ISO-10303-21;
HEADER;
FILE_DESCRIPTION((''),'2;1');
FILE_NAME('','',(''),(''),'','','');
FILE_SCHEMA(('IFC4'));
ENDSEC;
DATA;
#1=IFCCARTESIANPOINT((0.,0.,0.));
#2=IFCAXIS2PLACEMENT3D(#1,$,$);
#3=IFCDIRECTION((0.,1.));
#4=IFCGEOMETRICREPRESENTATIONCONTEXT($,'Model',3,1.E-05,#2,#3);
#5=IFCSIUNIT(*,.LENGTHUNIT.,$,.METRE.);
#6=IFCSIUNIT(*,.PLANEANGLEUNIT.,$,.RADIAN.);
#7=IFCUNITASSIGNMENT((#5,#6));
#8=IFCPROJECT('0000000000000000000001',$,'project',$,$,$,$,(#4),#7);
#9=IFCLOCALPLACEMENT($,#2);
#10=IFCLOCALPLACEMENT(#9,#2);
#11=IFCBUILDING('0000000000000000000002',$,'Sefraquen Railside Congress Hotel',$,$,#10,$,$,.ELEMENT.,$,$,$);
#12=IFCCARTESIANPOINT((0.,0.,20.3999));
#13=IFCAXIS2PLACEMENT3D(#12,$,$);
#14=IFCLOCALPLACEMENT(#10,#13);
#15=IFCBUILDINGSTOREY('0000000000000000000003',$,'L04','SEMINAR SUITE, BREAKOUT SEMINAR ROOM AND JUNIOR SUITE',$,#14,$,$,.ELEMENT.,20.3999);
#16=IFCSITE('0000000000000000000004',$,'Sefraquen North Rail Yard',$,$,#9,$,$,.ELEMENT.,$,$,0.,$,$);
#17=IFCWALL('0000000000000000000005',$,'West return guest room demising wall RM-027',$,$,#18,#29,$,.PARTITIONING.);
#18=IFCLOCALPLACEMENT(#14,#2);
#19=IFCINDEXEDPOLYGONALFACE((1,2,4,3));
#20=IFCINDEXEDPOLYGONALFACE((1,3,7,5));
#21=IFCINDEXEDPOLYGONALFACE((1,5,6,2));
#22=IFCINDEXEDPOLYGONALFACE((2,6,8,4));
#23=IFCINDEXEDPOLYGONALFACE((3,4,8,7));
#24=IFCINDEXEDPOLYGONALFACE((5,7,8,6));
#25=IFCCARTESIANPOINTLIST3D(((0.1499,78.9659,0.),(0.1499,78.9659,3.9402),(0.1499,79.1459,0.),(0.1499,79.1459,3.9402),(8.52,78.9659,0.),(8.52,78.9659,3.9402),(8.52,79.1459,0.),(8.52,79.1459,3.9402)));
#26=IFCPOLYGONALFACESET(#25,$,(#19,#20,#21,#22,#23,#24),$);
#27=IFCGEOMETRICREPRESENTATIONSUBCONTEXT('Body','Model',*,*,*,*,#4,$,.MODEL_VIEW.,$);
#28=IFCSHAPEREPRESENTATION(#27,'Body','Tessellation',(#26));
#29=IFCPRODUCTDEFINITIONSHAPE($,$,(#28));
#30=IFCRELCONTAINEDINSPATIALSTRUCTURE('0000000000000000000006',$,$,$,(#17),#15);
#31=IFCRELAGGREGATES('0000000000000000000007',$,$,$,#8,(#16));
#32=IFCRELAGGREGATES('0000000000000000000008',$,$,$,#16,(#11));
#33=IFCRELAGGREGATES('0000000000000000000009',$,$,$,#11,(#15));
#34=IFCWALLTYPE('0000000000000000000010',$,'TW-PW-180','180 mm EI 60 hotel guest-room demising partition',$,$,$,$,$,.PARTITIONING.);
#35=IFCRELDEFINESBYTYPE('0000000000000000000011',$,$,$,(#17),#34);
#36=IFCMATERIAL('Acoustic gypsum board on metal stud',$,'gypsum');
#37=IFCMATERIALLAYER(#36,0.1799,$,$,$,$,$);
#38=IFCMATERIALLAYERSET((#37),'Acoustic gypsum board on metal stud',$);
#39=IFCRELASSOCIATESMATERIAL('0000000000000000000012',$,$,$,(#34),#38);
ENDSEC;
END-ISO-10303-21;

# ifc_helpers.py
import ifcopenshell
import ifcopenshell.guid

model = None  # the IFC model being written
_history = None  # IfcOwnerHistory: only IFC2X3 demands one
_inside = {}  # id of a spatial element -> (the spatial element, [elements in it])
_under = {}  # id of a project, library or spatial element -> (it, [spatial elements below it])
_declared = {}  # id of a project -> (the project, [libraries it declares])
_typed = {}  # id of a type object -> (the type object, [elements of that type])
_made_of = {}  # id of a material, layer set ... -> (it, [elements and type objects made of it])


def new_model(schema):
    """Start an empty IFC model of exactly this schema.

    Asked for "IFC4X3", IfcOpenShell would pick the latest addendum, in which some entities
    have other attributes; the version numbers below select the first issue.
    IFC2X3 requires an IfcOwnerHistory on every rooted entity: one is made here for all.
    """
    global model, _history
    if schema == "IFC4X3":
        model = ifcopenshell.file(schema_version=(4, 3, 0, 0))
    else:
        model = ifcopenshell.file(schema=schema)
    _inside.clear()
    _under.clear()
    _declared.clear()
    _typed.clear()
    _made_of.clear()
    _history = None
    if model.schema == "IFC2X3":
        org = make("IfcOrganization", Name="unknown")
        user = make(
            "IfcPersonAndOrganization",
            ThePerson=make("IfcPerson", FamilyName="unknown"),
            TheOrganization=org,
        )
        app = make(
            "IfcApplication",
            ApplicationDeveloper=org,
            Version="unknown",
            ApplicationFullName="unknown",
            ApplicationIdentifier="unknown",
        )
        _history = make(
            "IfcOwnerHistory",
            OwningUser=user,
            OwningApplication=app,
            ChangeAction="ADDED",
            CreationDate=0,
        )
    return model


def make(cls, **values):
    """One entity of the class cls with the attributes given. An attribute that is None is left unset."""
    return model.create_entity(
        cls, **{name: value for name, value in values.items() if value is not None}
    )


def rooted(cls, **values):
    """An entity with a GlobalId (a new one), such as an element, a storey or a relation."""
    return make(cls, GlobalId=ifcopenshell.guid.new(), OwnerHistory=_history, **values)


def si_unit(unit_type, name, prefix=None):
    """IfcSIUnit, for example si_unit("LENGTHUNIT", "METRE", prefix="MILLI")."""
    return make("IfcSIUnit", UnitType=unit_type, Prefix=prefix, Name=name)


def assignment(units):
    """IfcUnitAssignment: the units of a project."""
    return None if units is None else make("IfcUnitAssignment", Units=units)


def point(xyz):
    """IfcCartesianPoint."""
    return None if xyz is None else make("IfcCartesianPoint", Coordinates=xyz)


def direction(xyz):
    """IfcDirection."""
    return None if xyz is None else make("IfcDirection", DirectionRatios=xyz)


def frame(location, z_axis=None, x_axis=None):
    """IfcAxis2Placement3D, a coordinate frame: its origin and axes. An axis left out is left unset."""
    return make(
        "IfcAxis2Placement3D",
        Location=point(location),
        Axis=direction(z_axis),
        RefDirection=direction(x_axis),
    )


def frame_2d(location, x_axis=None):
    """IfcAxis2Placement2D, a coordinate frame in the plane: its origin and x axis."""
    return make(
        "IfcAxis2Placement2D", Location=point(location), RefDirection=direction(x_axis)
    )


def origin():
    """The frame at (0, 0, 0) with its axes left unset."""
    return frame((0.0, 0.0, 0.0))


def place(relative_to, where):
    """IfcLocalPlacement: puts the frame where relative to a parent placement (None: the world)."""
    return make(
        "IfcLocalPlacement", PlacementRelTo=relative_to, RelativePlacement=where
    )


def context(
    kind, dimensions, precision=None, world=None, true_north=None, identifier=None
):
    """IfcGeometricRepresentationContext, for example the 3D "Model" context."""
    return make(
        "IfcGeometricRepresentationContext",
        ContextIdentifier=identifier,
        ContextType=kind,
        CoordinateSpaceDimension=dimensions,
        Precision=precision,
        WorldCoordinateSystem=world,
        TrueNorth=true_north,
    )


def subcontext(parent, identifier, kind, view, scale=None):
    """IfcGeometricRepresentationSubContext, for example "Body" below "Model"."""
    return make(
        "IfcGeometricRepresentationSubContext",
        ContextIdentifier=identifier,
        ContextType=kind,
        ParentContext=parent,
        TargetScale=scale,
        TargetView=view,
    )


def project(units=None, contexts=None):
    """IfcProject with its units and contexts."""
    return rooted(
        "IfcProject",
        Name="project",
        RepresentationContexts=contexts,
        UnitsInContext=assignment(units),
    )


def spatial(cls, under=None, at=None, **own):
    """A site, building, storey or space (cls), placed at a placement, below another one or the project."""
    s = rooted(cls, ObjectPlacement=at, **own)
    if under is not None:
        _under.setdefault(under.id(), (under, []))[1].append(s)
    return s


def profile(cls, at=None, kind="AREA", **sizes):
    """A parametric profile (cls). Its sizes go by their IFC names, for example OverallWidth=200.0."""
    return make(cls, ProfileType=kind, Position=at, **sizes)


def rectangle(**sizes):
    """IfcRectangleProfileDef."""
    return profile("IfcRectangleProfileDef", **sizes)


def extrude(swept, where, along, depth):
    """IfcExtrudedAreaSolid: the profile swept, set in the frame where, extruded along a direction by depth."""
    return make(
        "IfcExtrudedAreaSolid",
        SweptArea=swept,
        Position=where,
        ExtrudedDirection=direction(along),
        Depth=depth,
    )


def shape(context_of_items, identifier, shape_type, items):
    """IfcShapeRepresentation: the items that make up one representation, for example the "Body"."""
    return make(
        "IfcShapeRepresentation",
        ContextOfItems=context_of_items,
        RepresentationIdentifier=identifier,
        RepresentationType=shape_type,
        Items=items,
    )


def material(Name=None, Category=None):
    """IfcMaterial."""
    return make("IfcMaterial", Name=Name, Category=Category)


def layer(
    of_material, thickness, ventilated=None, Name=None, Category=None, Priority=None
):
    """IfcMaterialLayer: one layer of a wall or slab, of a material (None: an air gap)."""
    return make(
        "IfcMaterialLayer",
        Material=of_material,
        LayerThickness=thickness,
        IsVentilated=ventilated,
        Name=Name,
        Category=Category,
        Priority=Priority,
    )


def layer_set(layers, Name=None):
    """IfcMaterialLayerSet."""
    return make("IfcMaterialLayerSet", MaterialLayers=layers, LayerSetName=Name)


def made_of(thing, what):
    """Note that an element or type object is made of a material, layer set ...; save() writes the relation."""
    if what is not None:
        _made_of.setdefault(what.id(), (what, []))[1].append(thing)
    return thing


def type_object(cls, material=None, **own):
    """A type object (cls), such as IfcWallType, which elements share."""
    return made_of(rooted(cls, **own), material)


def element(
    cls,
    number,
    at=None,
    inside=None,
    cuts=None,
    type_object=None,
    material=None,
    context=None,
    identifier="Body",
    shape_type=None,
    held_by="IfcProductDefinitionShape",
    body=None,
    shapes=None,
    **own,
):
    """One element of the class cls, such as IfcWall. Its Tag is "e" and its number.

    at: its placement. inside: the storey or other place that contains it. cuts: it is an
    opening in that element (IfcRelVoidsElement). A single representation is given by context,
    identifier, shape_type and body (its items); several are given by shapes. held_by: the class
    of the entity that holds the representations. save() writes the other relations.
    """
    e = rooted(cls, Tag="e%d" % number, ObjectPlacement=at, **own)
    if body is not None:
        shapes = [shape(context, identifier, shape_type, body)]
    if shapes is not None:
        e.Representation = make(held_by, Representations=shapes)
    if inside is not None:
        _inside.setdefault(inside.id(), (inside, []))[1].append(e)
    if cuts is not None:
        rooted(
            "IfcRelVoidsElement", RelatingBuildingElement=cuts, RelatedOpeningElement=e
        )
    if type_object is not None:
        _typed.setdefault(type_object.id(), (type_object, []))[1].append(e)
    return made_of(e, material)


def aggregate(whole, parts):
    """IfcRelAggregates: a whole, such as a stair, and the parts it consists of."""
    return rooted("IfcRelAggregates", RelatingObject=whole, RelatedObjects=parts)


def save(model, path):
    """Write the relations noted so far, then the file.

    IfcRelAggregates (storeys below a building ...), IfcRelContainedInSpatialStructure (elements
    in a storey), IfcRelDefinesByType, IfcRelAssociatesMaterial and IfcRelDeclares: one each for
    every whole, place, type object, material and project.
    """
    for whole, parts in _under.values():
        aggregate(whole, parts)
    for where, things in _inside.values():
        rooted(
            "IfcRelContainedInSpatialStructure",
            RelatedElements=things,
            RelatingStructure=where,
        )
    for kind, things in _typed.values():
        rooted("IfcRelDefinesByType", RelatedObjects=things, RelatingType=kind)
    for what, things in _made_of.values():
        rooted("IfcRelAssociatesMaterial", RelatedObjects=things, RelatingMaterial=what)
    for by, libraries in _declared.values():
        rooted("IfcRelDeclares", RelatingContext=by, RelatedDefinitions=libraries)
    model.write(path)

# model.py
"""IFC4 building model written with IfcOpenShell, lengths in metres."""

from ifc_helpers import new_model, si_unit, direction, frame, frame_2d, origin, place, context, subcontext, project, spatial, rectangle, extrude, material, layer, layer_set, type_object, element, save


model = new_model("IFC4")

# Units and contexts
model_context = context("Model", 3, precision=1e-05, world=origin(), true_north=direction((0.0, 1.0)))
body_context = subcontext(model_context, "Body", "Model", "MODEL_VIEW")
ifc_project = project(units=[si_unit("LENGTHUNIT", "METRE"), si_unit("PLANEANGLEUNIT", "RADIAN")], contexts=[model_context])

# Site, building, storey
site_placement = place(None, origin())
site = spatial("IfcSite", under=ifc_project, at=site_placement, Name="Sefraquen North Rail Yard", CompositionType="ELEMENT", RefElevation=0.0)
building_placement = place(site_placement, origin())
building = spatial("IfcBuilding", under=site, at=building_placement, Name="Sefraquen Railside Congress Hotel", CompositionType="ELEMENT")
storey_placement = place(building_placement, frame((0.0, 0.0, 20.3999)))
storey = spatial("IfcBuildingStorey", under=building, at=storey_placement, Name="L04", Description="SEMINAR SUITE, BREAKOUT SEMINAR ROOM AND JUNIOR SUITE", CompositionType="ELEMENT", Elevation=20.3999)

# Wall
ifc_material_1 = material(Name="Acoustic gypsum board on metal stud", Category="gypsum")
ifc_layer_1 = layer(ifc_material_1, 0.1799)
ifc_layer_set_1 = layer_set([ifc_layer_1], Name="Acoustic gypsum board on metal stud")
wall_type_1 = type_object("IfcWallType", Name="TW-PW-180", Description="180 mm EI 60 hotel guest-room demising partition", PredefinedType="PARTITIONING", material=ifc_layer_set_1)
for number, where, z_axis, x_axis, name in (
    (1, (0.1499, 79.0559, 0.0), (0.0, 0.0, 1.0), (1.0, 0.0, 0.0), "West return guest room demising wall RM-027"),
):
    element("IfcWall", number, at=place(storey_placement, frame(where, z_axis=z_axis, x_axis=x_axis)), inside=storey, type_object=wall_type_1, Name=name, PredefinedType="PARTITIONING", context=body_context, shape_type="SweptSolid", body=[
        extrude(rectangle(XDim=8.3701, YDim=0.1799, at=frame_2d((4.1851, 0.0))), origin(), (0.0, 0.0, 1.0), 3.9402),
    ])

save(model, "model.ifc")
